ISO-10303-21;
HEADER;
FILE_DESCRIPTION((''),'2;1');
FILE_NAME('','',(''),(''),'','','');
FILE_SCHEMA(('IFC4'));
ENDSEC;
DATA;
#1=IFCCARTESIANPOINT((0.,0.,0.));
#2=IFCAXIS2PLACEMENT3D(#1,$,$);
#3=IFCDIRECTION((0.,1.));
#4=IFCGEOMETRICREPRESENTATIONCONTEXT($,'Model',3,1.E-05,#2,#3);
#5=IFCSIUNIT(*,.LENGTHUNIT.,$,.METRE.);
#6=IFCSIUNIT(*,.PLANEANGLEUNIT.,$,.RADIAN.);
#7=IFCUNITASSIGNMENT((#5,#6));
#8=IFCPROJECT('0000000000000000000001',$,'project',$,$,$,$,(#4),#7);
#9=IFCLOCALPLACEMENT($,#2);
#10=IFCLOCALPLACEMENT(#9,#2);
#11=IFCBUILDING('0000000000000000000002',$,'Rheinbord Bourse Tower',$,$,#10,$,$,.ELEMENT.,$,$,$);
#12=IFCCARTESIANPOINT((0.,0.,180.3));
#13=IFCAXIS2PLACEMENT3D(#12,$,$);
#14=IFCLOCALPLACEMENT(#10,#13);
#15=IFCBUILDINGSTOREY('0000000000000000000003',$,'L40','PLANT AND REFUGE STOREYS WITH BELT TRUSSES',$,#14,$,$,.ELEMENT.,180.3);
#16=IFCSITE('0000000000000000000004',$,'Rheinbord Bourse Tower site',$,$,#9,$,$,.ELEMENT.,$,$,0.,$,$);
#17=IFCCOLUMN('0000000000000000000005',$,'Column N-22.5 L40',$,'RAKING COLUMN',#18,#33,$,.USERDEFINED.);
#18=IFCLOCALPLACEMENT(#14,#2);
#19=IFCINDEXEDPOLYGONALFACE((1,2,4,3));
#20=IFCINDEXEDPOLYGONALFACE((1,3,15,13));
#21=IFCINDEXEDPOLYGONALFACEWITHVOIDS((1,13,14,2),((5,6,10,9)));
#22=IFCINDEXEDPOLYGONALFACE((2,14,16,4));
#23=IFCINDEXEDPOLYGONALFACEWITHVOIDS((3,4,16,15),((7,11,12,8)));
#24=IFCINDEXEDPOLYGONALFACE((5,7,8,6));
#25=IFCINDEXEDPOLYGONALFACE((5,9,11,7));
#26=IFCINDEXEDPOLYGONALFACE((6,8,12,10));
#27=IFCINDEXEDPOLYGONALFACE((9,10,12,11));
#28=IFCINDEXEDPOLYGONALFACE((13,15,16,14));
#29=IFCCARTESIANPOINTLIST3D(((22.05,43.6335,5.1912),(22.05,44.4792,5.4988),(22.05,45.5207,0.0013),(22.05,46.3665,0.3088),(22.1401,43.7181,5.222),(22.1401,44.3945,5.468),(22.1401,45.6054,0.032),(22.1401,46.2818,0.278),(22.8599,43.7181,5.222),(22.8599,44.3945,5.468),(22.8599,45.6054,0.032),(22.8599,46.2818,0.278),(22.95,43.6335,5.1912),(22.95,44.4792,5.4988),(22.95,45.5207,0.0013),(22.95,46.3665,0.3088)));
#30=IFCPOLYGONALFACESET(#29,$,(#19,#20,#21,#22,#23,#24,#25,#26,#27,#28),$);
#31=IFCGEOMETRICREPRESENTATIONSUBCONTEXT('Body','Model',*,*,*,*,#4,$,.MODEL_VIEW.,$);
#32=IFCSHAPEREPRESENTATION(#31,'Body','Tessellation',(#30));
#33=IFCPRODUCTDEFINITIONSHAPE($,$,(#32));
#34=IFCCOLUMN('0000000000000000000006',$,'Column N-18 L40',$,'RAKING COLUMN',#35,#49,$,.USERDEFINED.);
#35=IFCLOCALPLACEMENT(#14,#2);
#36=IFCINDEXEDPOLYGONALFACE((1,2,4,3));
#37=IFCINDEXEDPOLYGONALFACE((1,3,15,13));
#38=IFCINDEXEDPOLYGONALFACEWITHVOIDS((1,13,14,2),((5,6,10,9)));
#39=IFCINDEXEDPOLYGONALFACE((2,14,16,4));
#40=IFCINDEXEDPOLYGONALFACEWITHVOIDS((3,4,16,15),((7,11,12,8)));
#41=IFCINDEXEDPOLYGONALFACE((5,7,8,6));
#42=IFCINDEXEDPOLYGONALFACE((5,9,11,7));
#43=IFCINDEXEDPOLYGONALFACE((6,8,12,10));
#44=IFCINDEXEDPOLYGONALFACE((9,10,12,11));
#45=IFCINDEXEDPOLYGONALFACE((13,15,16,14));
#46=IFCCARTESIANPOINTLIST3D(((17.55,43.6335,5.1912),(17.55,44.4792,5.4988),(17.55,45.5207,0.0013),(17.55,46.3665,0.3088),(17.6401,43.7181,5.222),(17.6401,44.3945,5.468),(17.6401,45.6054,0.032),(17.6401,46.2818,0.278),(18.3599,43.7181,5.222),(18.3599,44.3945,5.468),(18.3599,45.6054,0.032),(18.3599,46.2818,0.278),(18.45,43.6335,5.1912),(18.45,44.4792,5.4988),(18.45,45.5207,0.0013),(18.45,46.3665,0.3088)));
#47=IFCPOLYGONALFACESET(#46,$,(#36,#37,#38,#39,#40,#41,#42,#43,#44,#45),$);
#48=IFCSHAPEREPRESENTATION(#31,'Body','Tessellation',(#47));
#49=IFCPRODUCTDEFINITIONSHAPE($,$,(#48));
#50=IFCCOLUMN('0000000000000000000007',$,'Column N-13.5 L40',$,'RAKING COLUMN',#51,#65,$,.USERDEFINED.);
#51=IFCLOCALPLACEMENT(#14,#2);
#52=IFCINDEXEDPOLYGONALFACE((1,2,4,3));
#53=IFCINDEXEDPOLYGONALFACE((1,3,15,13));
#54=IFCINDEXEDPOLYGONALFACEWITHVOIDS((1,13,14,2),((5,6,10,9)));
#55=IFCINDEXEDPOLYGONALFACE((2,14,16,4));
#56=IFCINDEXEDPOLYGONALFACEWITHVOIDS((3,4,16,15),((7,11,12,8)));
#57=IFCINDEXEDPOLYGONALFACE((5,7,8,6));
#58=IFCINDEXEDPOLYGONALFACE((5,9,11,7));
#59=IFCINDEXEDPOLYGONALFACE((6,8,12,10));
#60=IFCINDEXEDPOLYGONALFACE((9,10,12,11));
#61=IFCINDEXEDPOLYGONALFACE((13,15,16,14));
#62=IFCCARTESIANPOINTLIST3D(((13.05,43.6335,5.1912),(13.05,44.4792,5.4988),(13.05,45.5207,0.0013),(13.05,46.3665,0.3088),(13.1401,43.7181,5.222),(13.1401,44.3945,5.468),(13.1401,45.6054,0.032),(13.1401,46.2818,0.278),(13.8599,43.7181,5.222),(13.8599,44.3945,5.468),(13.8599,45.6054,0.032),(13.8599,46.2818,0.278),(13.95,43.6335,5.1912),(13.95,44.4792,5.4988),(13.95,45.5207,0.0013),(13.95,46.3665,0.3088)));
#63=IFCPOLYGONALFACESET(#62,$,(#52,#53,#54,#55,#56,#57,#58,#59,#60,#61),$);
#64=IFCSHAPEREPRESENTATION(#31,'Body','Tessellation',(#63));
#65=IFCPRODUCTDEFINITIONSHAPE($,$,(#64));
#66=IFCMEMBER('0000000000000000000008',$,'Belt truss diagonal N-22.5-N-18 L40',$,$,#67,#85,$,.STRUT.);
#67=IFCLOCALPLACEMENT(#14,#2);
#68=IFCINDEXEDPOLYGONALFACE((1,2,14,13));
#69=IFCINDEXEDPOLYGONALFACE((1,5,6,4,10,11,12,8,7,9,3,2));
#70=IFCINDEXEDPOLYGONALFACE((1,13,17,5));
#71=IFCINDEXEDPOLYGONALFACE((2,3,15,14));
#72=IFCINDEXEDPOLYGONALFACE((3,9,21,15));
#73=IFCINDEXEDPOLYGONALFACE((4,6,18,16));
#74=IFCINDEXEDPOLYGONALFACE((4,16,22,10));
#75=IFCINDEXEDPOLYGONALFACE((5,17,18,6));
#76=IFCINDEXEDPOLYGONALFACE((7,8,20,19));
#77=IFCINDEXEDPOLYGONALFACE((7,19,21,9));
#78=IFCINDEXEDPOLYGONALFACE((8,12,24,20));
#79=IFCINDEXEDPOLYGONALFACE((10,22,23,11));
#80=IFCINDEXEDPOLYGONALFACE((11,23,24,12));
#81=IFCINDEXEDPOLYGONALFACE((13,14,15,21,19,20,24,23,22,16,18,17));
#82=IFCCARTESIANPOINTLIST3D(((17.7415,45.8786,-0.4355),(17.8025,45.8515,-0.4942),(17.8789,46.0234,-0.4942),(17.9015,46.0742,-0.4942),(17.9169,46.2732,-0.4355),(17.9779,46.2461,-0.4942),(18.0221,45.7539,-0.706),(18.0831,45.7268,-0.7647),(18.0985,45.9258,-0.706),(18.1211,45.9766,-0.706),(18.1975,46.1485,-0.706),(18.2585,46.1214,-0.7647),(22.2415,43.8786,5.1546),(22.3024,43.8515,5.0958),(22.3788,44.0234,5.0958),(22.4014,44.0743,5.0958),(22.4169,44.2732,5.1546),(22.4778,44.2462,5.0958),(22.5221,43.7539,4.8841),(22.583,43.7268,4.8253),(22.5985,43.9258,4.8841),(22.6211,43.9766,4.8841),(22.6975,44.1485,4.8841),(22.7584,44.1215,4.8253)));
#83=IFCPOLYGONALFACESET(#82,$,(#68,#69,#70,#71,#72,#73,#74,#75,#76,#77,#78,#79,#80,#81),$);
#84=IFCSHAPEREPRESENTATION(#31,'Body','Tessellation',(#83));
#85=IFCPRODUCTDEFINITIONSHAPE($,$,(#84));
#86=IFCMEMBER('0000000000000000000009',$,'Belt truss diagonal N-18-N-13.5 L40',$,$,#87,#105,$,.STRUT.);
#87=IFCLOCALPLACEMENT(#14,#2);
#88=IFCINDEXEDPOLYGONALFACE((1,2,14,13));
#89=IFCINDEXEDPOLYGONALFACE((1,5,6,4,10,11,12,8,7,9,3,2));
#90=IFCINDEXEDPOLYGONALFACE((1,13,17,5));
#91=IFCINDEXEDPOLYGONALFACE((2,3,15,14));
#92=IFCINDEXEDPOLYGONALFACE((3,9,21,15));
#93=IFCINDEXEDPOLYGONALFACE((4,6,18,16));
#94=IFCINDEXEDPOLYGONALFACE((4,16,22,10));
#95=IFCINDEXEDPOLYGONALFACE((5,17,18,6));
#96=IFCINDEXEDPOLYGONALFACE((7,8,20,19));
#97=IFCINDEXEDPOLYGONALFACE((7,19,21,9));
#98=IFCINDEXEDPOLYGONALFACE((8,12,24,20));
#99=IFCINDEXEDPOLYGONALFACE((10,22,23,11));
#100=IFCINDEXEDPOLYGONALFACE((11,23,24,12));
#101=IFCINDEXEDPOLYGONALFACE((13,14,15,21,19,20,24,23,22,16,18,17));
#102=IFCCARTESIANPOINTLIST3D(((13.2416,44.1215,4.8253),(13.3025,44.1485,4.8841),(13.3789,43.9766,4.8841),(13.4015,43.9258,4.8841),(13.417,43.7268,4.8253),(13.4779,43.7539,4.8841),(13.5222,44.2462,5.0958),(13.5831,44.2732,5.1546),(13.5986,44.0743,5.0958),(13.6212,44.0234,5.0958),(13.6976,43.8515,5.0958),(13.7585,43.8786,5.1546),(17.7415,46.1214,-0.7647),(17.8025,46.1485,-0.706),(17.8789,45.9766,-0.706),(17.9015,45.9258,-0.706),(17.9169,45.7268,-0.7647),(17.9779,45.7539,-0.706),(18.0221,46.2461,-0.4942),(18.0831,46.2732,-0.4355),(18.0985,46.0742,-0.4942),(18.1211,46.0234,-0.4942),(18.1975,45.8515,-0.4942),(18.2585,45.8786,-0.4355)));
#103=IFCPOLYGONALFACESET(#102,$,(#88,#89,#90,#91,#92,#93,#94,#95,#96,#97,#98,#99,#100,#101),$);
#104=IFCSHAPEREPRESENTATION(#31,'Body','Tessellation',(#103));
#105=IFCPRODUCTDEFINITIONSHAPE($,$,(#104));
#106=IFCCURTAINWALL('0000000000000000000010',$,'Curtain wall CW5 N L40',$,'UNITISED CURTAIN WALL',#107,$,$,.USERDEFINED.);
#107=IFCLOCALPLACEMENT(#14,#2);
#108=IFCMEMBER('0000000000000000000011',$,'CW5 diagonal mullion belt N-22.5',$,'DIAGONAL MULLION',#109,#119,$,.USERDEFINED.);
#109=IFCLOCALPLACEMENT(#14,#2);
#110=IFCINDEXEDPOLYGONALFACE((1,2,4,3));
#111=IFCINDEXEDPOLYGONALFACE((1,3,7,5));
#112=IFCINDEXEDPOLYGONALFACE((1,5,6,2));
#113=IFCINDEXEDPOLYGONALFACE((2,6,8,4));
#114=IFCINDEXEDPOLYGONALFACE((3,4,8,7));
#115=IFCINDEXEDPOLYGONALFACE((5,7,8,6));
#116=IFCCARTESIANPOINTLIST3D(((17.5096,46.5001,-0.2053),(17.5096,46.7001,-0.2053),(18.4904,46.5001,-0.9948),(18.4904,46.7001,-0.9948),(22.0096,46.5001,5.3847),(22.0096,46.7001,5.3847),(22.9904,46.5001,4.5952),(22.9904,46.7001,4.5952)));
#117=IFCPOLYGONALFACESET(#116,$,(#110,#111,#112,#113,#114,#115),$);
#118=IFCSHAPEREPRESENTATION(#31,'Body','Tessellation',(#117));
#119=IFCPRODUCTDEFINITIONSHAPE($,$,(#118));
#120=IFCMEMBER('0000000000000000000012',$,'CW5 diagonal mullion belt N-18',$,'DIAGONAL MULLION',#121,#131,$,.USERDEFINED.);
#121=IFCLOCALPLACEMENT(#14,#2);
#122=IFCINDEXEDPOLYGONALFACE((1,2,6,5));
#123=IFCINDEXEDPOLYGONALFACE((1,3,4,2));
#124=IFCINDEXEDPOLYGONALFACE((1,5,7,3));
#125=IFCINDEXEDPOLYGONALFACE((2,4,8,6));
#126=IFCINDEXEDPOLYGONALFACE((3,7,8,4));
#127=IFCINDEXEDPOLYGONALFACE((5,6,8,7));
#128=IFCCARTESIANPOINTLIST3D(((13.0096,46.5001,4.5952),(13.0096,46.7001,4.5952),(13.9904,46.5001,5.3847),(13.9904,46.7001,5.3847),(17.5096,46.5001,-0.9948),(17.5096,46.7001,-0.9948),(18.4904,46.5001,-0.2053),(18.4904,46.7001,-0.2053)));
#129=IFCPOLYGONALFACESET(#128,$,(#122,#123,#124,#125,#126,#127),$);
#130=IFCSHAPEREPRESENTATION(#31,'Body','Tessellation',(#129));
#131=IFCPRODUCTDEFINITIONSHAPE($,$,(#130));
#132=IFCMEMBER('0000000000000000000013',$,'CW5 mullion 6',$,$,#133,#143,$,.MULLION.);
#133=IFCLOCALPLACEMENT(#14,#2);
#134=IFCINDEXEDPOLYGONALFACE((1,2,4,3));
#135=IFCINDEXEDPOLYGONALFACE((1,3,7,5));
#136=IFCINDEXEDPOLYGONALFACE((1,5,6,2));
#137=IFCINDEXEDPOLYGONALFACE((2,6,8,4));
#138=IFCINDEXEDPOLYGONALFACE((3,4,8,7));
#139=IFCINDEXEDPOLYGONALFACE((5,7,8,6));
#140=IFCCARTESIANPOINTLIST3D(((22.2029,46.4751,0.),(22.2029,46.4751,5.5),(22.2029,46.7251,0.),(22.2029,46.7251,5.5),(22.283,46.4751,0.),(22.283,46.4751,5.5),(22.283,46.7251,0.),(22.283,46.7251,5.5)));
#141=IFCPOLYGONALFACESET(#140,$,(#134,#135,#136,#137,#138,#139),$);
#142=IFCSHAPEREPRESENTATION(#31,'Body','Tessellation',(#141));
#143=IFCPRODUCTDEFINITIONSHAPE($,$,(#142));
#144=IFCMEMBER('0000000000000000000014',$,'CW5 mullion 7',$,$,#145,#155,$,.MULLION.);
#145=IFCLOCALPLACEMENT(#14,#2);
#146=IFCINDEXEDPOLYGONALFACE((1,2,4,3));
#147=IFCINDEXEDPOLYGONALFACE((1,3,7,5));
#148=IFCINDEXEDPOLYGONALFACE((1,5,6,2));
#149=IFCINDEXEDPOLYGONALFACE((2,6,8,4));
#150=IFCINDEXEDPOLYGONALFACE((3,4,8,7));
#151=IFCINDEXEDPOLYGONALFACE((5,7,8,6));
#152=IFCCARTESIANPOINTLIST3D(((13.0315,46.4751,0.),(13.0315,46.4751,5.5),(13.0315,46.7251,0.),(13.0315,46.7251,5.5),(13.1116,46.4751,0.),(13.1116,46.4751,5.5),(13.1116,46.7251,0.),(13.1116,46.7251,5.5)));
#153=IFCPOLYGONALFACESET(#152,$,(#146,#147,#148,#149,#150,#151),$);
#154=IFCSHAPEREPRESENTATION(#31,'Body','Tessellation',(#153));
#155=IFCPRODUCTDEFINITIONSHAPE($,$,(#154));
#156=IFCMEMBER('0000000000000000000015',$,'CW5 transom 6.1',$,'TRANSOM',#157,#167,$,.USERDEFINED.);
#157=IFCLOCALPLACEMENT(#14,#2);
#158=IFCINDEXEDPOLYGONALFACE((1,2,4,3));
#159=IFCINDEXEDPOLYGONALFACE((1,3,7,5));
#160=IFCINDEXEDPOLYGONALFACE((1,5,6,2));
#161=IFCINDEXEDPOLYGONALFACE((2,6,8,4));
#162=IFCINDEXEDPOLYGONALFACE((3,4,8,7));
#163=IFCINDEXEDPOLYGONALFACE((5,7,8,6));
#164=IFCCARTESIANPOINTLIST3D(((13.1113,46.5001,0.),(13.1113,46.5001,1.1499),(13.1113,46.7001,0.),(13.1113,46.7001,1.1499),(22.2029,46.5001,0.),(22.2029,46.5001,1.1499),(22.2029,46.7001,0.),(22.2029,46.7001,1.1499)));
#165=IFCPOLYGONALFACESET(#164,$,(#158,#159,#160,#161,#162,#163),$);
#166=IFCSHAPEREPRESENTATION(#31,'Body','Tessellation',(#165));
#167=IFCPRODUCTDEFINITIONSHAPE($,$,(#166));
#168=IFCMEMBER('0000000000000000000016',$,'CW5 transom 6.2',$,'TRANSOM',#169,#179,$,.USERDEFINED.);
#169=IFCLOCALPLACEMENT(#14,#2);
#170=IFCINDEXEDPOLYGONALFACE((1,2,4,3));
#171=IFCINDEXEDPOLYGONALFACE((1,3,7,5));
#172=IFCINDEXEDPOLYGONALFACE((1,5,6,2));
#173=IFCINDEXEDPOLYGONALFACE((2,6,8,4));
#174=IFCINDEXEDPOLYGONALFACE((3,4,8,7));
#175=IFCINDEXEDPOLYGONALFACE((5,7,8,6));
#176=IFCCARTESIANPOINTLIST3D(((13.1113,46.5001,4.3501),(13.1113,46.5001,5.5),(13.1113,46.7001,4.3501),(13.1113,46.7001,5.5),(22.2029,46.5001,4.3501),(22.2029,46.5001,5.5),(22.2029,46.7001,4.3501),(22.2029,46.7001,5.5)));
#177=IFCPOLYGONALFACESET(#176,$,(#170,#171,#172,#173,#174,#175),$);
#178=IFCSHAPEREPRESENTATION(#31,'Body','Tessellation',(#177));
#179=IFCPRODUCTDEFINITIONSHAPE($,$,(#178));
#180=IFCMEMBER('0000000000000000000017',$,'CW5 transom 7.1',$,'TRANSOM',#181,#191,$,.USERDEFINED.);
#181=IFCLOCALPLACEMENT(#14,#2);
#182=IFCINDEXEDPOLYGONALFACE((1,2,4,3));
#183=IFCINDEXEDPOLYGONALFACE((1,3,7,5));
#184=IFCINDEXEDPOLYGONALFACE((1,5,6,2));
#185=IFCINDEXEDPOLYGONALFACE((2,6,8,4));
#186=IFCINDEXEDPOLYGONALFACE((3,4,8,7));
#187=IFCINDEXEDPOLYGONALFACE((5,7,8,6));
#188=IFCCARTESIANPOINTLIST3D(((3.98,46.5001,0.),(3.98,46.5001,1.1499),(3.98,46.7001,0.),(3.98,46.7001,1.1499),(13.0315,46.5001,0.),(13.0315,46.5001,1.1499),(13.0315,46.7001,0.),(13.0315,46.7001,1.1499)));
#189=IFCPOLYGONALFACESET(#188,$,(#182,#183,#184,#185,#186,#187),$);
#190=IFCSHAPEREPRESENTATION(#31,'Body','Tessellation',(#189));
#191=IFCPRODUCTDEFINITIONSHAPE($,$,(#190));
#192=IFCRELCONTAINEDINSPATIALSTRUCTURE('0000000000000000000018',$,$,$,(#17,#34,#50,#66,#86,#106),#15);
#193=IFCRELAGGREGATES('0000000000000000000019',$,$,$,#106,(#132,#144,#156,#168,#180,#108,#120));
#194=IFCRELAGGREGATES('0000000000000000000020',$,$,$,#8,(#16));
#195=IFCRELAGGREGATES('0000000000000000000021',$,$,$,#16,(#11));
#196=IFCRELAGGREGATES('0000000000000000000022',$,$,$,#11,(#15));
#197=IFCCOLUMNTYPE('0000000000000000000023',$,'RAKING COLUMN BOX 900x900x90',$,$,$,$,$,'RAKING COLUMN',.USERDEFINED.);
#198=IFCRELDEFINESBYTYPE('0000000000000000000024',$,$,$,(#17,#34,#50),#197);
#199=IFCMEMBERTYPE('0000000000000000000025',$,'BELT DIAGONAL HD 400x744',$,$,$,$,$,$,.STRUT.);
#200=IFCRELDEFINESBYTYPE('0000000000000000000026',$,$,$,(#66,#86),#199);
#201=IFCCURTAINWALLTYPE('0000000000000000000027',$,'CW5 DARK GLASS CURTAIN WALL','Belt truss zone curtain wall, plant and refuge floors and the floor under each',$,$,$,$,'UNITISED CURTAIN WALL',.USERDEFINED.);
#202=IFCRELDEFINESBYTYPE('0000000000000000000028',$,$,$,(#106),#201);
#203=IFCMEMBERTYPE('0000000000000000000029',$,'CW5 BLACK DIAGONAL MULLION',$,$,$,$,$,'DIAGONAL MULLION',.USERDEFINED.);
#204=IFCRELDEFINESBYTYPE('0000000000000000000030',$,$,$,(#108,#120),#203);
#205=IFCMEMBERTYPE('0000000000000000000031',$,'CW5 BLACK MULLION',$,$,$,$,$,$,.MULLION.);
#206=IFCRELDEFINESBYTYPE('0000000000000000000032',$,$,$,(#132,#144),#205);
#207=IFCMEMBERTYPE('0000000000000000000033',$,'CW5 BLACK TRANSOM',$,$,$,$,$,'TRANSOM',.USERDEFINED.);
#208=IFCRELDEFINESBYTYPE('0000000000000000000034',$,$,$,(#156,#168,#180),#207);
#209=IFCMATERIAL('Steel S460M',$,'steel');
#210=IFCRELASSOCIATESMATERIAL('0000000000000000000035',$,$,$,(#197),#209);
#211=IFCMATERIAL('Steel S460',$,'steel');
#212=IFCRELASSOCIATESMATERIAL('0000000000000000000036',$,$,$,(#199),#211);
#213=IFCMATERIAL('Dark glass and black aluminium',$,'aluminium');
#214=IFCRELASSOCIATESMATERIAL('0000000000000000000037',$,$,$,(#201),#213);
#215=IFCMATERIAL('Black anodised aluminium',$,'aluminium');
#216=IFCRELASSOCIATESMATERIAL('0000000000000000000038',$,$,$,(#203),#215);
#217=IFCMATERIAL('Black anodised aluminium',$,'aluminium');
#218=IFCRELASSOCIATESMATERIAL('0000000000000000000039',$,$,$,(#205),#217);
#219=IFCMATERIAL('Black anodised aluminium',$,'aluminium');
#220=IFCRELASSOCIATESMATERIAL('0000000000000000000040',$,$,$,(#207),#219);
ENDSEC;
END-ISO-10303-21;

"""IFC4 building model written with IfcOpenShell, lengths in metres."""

from ifc_helpers import new_model, si_unit, direction, frame, origin, origin_2d, place, context, subcontext, project, spatial, rectangle, hollow_rectangle, i_section, extrude, material, material_profile, profile_set, type_object, element, aggregate, save


model = new_model("IFC4")

# Units and contexts
model_context = context("Model", 3, precision=1e-05, world=origin(), true_north=direction((0.0, 1.0)))
body_context = subcontext(model_context, "Body", "Model", "MODEL_VIEW")
ifc_project = project(units=[si_unit("LENGTHUNIT", "METRE"), si_unit("PLANEANGLEUNIT", "RADIAN")], contexts=[model_context])

# Site, building, storey
site_placement = place(None, origin())
site = spatial("IfcSite", under=ifc_project, at=site_placement, Name="Rheinbord Bourse Tower site", CompositionType="ELEMENT", RefElevation=0.0)
building_placement = place(site_placement, origin())
building = spatial("IfcBuilding", under=site, at=building_placement, Name="Rheinbord Bourse Tower", CompositionType="ELEMENT")
storey_placement = place(building_placement, frame((0.0, 0.0, 180.3)))
storey = spatial("IfcBuildingStorey", under=building, at=storey_placement, Name="L40", Description="PLANT AND REFUGE STOREYS WITH BELT TRUSSES", CompositionType="ELEMENT", Elevation=180.3)

# Columns
ifc_material_1 = material(Name="Steel S460M", Category="steel")
ifc_material_profile_1 = material_profile(ifc_material_1, hollow_rectangle(XDim=0.8999, YDim=0.8999, WallThickness=0.0901, at=origin_2d()), Name="BOX 900x900x90")
ifc_profile_set_1 = profile_set([ifc_material_profile_1], Name="Steel S460M")
column_type = type_object("IfcColumnType", Name="RAKING COLUMN BOX 900x900x90", ElementType="RAKING COLUMN", PredefinedType="USERDEFINED", material=ifc_profile_set_1)
for number, where, z_axis, x_axis, name in (
    (1, (22.5, 45.9436, 0.155), (0.0, -0.341743, 0.939793), (0.0, 0.939793, 0.341743), "Column N-22.5 L40"),
    (2, (18.0, 45.9436, 0.155), (0.0, -0.341743, 0.939793), (0.0, 0.939793, 0.341743), "Column N-18 L40"),
    (3, (13.5, 45.9436, 0.155), (0.0, -0.341743, 0.939793), (0.0, 0.939793, 0.341743), "Column N-13.5 L40"),
):
    element("IfcColumn", number, at=place(storey_placement, frame(where, z_axis=z_axis, x_axis=x_axis)), inside=storey, type_object=column_type, Name=name, ObjectType="RAKING COLUMN", PredefinedType="USERDEFINED", context=body_context, shape_type="SweptSolid", body=[
        extrude(hollow_rectangle(XDim=0.8999, YDim=0.8999, WallThickness=0.0901, at=origin_2d()), origin(), (0.0, 0.0, 1.0), 5.5225),
    ])

# Members
ifc_material_2 = material(Name="Steel S460", Category="steel")
ifc_material_profile_2 = material_profile(ifc_material_2, i_section(OverallWidth=0.4319, OverallDepth=0.498, WebThickness=0.0557, FlangeThickness=0.0889, at=origin_2d()), Name="HD 400x744")
ifc_profile_set_2 = profile_set([ifc_material_profile_2], Name="Steel S460")
member_type_1 = type_object("IfcMemberType", Name="BELT DIAGONAL HD 400x744", PredefinedType="STRUT", material=ifc_profile_set_2)
for number, where, z_axis, x_axis, name in (
    (4, (18.0, 46.0, -0.6001), (0.604045, -0.268465, 0.75037), (0.406138, 0.913812, 0.0), "Belt truss diagonal N-22.5-N-18 L40"),
    (5, (18.0, 46.0, -0.6001), (-0.604045, -0.268465, 0.75037), (0.406138, -0.913812, 0.0), "Belt truss diagonal N-18-N-13.5 L40"),
):
    element("IfcMember", number, at=place(storey_placement, frame(where, z_axis=z_axis, x_axis=x_axis)), inside=storey, type_object=member_type_1, Name=name, PredefinedType="STRUT", context=body_context, shape_type="SweptSolid", body=[
        extrude(i_section(OverallWidth=0.4319, OverallDepth=0.498, WebThickness=0.0557, FlangeThickness=0.0889, at=origin_2d()), origin(), (0.0, 0.0, 1.0), 7.4497),
    ])

# Curtain wall, members
ifc_material_3 = material(Name="Dark glass and black aluminium", Category="aluminium")
curtain_wall_type = type_object("IfcCurtainWallType", Name="CW5 DARK GLASS CURTAIN WALL", Description="Belt truss zone curtain wall, plant and refuge floors and the floor under each", ElementType="UNITISED CURTAIN WALL", PredefinedType="USERDEFINED", material=ifc_material_3)
curtain_wall_placement = place(storey_placement, origin())
curtain_wall = element("IfcCurtainWall", 6, at=curtain_wall_placement, inside=storey, type_object=curtain_wall_type, Name="Curtain wall CW5 N L40", ObjectType="UNITISED CURTAIN WALL", PredefinedType="USERDEFINED")
ifc_material_4 = material(Name="Black anodised aluminium", Category="aluminium")
ifc_material_profile_3 = material_profile(ifc_material_4, rectangle(XDim=0.2, YDim=1.259, at=origin_2d()), Name="CW5 DIAGONAL MULLION 1259x200")
ifc_profile_set_3 = profile_set([ifc_material_profile_3], Name="Black anodised aluminium")
member_type_2 = type_object("IfcMemberType", Name="CW5 BLACK DIAGONAL MULLION", ElementType="DIAGONAL MULLION", PredefinedType="USERDEFINED", material=ifc_profile_set_3)
member_1_placement = place(storey_placement, frame((18.0, 46.6001, -0.6001), z_axis=(0.627065, 0.0, 0.778967), x_axis=(0.0, 1.0, 0.0)))
member_1 = element("IfcMember", 7, at=member_1_placement, type_object=member_type_2, Name="CW5 diagonal mullion belt N-22.5", ObjectType="DIAGONAL MULLION", PredefinedType="USERDEFINED", context=body_context, shape_type="SweptSolid", body=[
    extrude(rectangle(XDim=0.2, YDim=1.259, at=origin_2d()), origin(), (0.0, 0.0, 1.0), 7.1763),
])
member_2_placement = place(storey_placement, frame((18.0, 46.6001, -0.6001), z_axis=(-0.627065, 0.0, 0.778967), x_axis=(0.0, -1.0, 0.0)))
member_2 = element("IfcMember", 8, at=member_2_placement, type_object=member_type_2, Name="CW5 diagonal mullion belt N-18", ObjectType="DIAGONAL MULLION", PredefinedType="USERDEFINED", context=body_context, shape_type="SweptSolid", body=[
    extrude(rectangle(XDim=0.2, YDim=1.259, at=origin_2d()), origin(), (0.0, 0.0, 1.0), 7.1763),
])
ifc_material_5 = material(Name="Black anodised aluminium", Category="aluminium")
ifc_material_profile_4 = material_profile(ifc_material_5, rectangle(XDim=0.25, YDim=0.0801, at=origin_2d()), Name="CW5 MULLION 80x250")
ifc_profile_set_4 = profile_set([ifc_material_profile_4], Name="Black anodised aluminium")
member_type_3 = type_object("IfcMemberType", Name="CW5 BLACK MULLION", PredefinedType="MULLION", material=ifc_profile_set_4)
member_3_placement = place(storey_placement, frame((22.2429, 46.6001, 0.0), z_axis=(0.0, 0.0, 1.0), x_axis=(0.0, -1.0, 0.0)))
member_3 = element("IfcMember", 9, at=member_3_placement, type_object=member_type_3, Name="CW5 mullion 6", PredefinedType="MULLION", context=body_context, shape_type="SweptSolid", body=[
    extrude(rectangle(XDim=0.25, YDim=0.0801, at=origin_2d()), origin(), (0.0, 0.0, 1.0), 5.5),
])
member_4_placement = place(storey_placement, frame((13.0715, 46.6001, 0.0), z_axis=(0.0, 0.0, 1.0), x_axis=(0.0, -1.0, 0.0)))
member_4 = element("IfcMember", 10, at=member_4_placement, type_object=member_type_3, Name="CW5 mullion 7", PredefinedType="MULLION", context=body_context, shape_type="SweptSolid", body=[
    extrude(rectangle(XDim=0.25, YDim=0.0801, at=origin_2d()), origin(), (0.0, 0.0, 1.0), 5.5),
])
ifc_material_6 = material(Name="Black anodised aluminium", Category="aluminium")
ifc_material_profile_5 = material_profile(ifc_material_6, rectangle(XDim=0.2, YDim=1.1499, at=origin_2d()), Name="CW5 TRANSOM 1150x200")
ifc_profile_set_5 = profile_set([ifc_material_profile_5], Name="Black anodised aluminium")
member_type_4 = type_object("IfcMemberType", Name="CW5 BLACK TRANSOM", ElementType="TRANSOM", PredefinedType="USERDEFINED", material=ifc_profile_set_5)
member_5_placement = place(storey_placement, frame((22.2029, 46.6001, 0.575), z_axis=(-1.0, 0.0, 0.0), x_axis=(0.0, -1.0, 0.0)))
member_5 = element("IfcMember", 11, at=member_5_placement, type_object=member_type_4, Name="CW5 transom 6.1", ObjectType="TRANSOM", PredefinedType="USERDEFINED", context=body_context, shape_type="SweptSolid", body=[
    extrude(rectangle(XDim=0.2, YDim=1.1499, at=origin_2d()), origin(), (0.0, 0.0, 1.0), 9.0916),
])
member_6_placement = place(storey_placement, frame((22.2029, 46.6001, 4.925), z_axis=(-1.0, 0.0, 0.0), x_axis=(0.0, -1.0, 0.0)))
member_6 = element("IfcMember", 12, at=member_6_placement, type_object=member_type_4, Name="CW5 transom 6.2", ObjectType="TRANSOM", PredefinedType="USERDEFINED", context=body_context, shape_type="SweptSolid", body=[
    extrude(rectangle(XDim=0.2, YDim=1.1499, at=origin_2d()), origin(), (0.0, 0.0, 1.0), 9.0916),
])
member_7_placement = place(storey_placement, frame((13.0315, 46.6001, 0.575), z_axis=(-1.0, 0.0, 0.0), x_axis=(0.0, -1.0, 0.0)))
member_7 = element("IfcMember", 13, at=member_7_placement, type_object=member_type_4, Name="CW5 transom 7.1", ObjectType="TRANSOM", PredefinedType="USERDEFINED", context=body_context, shape_type="SweptSolid", body=[
    extrude(rectangle(XDim=0.2, YDim=1.1499, at=origin_2d()), origin(), (0.0, 0.0, 1.0), 9.0515),
])

aggregate(curtain_wall, [member_3, member_4, member_5, member_6, member_7, member_1, member_2])

save(model, "model.ifc")
